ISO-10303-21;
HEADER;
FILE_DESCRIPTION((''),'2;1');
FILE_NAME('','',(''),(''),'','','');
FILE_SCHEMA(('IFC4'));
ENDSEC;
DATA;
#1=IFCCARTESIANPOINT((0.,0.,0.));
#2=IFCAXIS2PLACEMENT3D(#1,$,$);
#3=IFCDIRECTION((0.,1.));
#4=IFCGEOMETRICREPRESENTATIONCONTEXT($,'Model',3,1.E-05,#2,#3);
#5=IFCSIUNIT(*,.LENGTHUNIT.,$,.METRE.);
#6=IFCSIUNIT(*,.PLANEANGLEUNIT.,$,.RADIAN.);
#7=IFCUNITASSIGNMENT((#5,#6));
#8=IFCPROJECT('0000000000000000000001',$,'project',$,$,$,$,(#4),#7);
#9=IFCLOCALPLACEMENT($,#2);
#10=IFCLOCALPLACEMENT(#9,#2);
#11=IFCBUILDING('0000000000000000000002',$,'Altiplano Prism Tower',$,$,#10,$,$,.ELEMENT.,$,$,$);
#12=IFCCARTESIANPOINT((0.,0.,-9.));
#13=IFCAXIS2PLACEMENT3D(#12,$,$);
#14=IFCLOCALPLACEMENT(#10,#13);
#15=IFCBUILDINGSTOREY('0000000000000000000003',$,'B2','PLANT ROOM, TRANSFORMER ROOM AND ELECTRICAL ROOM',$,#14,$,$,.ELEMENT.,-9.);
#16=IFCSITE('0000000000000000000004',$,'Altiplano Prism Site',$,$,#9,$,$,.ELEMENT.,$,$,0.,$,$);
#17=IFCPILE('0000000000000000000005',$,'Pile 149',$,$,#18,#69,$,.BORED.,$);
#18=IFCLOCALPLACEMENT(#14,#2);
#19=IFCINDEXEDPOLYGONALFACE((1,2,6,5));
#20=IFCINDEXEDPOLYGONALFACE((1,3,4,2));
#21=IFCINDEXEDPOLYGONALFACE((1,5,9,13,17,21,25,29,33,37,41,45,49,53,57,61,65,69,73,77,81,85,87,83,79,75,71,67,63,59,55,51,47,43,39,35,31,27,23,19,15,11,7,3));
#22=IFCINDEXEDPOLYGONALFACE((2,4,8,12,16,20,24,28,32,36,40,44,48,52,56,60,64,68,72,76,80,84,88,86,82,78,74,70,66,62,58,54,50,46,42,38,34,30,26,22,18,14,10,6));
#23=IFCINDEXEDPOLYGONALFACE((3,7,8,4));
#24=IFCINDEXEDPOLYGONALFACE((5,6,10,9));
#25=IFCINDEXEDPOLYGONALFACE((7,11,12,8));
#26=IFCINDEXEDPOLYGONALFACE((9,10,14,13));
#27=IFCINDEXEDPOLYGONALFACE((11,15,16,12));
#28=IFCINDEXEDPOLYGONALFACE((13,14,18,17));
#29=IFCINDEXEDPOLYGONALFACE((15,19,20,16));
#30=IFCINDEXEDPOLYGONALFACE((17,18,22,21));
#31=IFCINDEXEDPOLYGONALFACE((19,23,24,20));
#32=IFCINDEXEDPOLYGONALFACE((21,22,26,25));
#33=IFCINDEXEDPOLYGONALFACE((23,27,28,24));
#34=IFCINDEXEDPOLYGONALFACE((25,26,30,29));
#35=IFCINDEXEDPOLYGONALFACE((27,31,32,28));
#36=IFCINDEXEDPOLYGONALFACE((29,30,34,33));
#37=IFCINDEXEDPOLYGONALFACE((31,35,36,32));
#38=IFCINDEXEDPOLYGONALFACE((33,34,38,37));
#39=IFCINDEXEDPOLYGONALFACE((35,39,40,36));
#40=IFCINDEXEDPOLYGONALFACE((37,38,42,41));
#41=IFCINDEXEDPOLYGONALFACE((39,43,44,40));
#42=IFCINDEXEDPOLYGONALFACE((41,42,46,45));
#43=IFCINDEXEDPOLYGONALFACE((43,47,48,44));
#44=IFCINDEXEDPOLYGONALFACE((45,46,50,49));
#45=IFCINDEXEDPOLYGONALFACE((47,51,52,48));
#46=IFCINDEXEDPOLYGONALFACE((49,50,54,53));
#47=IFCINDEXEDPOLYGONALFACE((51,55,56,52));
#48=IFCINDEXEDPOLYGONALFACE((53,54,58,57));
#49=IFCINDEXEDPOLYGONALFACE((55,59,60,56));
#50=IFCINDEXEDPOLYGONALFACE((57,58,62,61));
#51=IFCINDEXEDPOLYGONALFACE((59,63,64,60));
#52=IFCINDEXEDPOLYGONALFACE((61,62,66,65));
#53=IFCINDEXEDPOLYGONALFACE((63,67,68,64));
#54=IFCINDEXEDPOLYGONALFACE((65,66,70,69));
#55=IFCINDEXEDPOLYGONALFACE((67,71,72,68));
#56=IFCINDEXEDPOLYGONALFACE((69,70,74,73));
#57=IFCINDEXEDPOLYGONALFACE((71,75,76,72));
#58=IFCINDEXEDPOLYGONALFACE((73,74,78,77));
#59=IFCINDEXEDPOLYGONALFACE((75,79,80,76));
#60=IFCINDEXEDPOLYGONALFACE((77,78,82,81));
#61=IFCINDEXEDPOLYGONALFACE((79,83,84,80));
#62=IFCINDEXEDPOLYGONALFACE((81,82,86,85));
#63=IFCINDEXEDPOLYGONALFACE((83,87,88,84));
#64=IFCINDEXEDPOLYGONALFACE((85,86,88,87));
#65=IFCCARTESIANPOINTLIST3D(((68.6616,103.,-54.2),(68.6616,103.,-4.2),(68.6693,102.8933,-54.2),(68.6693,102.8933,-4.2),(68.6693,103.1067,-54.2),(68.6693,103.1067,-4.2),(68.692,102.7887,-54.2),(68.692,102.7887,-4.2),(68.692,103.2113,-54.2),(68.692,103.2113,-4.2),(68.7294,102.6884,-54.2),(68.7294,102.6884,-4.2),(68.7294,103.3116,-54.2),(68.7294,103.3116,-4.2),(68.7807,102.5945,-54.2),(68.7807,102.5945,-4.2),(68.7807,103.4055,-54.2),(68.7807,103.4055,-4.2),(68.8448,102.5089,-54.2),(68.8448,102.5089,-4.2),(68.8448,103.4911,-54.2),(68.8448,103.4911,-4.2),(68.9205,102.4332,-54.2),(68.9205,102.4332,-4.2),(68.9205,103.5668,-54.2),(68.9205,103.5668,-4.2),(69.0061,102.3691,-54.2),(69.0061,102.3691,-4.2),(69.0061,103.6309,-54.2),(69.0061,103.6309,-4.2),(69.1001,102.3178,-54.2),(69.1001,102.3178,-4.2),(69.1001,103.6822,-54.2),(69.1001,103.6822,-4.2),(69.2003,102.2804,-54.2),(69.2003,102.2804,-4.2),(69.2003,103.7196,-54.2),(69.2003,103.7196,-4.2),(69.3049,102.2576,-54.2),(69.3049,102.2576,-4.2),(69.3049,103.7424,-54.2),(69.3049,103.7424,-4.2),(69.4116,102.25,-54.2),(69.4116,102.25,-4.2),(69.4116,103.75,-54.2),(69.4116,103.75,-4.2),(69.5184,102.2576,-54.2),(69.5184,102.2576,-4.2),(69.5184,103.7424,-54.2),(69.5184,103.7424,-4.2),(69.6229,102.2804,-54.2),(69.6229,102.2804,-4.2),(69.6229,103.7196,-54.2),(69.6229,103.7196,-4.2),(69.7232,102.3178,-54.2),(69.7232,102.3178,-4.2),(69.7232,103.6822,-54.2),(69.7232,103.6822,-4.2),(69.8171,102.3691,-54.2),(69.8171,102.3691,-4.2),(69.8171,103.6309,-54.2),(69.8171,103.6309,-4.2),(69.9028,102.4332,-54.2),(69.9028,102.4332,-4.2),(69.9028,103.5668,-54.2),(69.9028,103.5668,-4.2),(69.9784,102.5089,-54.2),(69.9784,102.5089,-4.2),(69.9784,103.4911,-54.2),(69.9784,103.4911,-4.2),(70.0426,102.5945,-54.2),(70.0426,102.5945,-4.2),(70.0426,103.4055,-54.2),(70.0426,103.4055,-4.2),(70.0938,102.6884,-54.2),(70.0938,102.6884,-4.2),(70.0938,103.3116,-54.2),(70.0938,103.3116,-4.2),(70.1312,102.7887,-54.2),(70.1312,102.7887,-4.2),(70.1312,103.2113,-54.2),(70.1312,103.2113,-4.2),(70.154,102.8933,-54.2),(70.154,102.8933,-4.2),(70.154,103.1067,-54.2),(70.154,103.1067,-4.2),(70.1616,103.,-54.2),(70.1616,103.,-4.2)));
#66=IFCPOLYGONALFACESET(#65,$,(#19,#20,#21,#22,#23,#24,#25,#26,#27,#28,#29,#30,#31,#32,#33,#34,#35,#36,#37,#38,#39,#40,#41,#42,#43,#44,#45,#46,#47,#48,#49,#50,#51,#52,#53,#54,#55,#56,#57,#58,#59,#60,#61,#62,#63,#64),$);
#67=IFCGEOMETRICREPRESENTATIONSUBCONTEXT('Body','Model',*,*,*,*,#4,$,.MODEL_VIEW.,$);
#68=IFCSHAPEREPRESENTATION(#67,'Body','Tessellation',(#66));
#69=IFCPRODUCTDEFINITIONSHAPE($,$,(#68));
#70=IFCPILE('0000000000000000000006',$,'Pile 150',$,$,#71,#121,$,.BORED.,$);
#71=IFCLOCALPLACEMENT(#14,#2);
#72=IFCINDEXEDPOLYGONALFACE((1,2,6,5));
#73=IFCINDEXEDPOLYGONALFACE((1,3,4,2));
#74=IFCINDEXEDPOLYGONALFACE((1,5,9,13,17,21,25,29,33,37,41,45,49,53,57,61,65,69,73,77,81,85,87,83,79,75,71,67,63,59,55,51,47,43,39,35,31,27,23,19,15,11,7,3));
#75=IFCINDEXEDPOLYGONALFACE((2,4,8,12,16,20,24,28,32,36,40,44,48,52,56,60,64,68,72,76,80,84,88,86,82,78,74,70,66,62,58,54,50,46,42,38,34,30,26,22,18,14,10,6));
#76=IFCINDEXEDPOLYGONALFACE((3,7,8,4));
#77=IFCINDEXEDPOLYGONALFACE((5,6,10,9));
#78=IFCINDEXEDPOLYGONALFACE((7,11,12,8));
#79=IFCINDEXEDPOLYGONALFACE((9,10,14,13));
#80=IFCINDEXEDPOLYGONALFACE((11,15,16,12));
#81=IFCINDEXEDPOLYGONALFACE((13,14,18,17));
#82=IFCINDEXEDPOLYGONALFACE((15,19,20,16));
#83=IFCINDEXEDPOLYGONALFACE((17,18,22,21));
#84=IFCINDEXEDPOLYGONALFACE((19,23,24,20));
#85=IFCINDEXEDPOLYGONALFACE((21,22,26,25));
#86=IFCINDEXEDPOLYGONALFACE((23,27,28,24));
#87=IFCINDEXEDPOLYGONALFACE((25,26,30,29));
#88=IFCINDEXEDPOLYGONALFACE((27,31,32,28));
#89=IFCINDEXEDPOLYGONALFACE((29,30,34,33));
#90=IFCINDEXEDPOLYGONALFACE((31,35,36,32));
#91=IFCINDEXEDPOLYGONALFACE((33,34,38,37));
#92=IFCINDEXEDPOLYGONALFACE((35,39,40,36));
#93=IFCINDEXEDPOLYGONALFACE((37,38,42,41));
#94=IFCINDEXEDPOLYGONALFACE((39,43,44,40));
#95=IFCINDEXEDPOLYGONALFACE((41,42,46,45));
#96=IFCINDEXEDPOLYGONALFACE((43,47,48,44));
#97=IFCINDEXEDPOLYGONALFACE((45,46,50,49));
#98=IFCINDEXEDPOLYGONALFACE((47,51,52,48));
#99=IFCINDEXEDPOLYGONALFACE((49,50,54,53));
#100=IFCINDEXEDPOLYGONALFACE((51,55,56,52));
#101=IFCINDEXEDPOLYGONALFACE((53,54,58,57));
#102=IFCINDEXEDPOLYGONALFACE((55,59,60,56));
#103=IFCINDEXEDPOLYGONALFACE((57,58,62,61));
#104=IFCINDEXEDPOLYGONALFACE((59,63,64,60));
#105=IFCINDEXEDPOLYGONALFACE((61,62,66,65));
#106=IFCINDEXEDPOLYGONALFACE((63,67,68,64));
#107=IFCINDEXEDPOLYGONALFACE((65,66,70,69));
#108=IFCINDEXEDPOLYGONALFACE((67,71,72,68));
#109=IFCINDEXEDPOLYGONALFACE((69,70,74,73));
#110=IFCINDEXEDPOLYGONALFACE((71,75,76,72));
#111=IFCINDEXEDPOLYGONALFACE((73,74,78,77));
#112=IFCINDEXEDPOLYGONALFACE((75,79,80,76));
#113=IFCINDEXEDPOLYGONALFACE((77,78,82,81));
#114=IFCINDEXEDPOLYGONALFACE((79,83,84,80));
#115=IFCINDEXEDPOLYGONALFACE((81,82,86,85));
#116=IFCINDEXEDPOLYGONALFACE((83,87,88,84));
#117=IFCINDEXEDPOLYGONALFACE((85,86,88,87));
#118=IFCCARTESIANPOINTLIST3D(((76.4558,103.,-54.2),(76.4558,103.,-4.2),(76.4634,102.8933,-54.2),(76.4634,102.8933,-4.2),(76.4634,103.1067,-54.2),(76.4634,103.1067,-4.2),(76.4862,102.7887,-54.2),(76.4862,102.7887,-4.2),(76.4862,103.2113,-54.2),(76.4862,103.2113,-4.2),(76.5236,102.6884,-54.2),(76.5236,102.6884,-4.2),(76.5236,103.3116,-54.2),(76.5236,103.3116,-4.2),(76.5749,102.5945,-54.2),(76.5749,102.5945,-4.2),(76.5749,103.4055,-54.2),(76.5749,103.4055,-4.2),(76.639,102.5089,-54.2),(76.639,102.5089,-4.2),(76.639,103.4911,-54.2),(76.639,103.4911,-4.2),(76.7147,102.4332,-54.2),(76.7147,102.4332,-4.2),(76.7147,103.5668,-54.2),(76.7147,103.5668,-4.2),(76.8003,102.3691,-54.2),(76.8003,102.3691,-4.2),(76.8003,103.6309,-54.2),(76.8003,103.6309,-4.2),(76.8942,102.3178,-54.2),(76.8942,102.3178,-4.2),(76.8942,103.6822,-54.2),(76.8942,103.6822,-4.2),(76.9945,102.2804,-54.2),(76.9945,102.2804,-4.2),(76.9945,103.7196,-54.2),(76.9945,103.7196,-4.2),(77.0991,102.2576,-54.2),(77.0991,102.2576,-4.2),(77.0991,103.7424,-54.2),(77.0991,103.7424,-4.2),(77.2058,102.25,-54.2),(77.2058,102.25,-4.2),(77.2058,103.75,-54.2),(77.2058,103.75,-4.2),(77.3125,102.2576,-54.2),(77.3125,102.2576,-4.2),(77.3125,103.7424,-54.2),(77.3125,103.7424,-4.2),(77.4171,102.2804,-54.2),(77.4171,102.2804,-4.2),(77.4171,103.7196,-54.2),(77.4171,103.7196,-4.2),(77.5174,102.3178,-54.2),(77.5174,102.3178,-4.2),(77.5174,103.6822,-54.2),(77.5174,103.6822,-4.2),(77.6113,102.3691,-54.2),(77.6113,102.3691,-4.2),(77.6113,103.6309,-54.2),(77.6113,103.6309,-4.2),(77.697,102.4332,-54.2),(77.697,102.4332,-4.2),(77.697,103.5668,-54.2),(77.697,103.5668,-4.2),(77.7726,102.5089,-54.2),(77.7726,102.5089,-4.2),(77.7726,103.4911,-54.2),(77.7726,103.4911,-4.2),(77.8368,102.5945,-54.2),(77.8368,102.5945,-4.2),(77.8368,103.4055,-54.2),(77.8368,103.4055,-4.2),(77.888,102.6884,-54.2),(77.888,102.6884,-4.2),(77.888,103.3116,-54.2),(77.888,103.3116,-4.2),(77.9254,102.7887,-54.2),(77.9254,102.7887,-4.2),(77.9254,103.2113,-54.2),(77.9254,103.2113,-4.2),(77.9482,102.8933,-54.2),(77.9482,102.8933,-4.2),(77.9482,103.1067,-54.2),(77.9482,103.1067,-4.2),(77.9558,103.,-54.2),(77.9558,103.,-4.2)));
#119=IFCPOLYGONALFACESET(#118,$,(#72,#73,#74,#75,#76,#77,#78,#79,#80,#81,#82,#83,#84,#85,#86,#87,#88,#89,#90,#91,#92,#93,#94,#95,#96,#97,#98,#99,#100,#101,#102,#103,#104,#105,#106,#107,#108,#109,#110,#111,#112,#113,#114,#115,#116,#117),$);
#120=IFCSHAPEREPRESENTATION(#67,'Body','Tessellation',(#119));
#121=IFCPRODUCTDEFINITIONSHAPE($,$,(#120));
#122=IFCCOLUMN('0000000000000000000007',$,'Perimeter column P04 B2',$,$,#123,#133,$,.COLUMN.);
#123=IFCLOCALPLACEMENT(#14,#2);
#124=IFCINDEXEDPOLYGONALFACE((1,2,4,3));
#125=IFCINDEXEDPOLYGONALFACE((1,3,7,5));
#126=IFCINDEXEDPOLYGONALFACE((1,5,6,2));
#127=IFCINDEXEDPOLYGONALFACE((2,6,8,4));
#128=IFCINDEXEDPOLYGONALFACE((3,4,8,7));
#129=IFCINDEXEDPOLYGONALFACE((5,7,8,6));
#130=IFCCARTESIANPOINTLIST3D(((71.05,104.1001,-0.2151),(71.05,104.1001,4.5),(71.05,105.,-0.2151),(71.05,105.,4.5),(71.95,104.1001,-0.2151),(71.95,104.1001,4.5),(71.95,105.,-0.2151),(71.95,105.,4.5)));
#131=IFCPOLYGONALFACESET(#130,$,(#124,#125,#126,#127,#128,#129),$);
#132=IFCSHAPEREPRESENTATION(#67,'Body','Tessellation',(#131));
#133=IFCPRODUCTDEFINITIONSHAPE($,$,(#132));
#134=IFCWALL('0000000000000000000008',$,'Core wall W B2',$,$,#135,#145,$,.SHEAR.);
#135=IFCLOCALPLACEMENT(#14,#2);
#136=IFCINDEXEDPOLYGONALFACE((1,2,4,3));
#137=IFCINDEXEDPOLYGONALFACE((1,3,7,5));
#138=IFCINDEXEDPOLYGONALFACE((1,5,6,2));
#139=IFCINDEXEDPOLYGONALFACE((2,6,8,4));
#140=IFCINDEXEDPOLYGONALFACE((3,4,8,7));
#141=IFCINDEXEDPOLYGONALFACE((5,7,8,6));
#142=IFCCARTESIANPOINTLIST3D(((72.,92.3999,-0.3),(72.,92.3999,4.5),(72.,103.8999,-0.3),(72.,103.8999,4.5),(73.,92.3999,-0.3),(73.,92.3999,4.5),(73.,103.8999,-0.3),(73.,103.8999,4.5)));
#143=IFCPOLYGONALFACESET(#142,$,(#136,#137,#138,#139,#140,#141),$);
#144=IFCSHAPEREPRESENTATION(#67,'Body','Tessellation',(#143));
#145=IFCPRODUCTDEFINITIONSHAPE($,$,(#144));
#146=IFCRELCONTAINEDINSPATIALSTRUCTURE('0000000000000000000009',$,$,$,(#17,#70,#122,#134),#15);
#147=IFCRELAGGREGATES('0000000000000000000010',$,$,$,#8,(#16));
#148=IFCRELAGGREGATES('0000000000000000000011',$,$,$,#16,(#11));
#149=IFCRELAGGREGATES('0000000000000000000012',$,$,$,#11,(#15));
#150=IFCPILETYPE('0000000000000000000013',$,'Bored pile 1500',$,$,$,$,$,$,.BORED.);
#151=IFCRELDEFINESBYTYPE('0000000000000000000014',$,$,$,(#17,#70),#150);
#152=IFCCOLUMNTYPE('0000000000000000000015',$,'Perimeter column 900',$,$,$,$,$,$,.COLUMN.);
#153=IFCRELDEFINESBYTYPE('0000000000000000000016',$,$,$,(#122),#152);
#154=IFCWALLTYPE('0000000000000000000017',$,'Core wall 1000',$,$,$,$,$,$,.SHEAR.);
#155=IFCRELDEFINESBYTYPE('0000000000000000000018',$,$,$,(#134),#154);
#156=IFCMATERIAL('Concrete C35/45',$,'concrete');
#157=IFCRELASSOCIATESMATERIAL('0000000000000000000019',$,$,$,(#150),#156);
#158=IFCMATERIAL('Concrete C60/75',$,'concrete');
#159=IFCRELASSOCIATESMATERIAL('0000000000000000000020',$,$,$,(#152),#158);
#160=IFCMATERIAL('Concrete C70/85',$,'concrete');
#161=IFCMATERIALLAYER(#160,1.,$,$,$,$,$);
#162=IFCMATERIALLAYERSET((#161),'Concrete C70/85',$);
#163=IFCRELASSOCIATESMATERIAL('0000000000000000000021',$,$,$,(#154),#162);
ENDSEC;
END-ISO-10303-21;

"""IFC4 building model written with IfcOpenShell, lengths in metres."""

from ifc_helpers import new_model, si_unit, direction, frame, frame_2d, origin, origin_2d, place, context, subcontext, project, spatial, rectangle, circle, extrude, material, layer, layer_set, material_profile, profile_set, type_object, element, save


model = new_model("IFC4")

# Units and contexts
model_context = context("Model", 3, precision=1e-05, world=origin(), true_north=direction((0.0, 1.0)))
body_context = subcontext(model_context, "Body", "Model", "MODEL_VIEW")
ifc_project = project(units=[si_unit("LENGTHUNIT", "METRE"), si_unit("PLANEANGLEUNIT", "RADIAN")], contexts=[model_context])

# Site, building, storey
site_placement = place(None, origin())
site = spatial("IfcSite", under=ifc_project, at=site_placement, Name="Altiplano Prism Site", CompositionType="ELEMENT", RefElevation=0.0)
building_placement = place(site_placement, origin())
building = spatial("IfcBuilding", under=site, at=building_placement, Name="Altiplano Prism Tower", CompositionType="ELEMENT")
storey_placement = place(building_placement, frame((0.0, 0.0, -9.0)))
storey = spatial("IfcBuildingStorey", under=building, at=storey_placement, Name="B2", Description="PLANT ROOM, TRANSFORMER ROOM AND ELECTRICAL ROOM", CompositionType="ELEMENT", Elevation=-9.0)

# Piles
ifc_material_1 = material(Name="Concrete C35/45", Category="concrete")
ifc_material_profile_1 = material_profile(ifc_material_1, circle(Radius=0.75, at=origin_2d()), Name="Bored pile 1500")
ifc_profile_set_1 = profile_set([ifc_material_profile_1], Name="Concrete C35/45")
pile_type = type_object("IfcPileType", Name="Bored pile 1500", PredefinedType="BORED", material=ifc_profile_set_1)
for number, where, z_axis, x_axis, name in (
    (1, (69.4116, 103.0, -4.2), (0.0, 0.0, -1.0), (1.0, 0.0, 0.0), "Pile 149"),
    (2, (77.2058, 103.0, -4.2), (0.0, 0.0, -1.0), (1.0, 0.0, 0.0), "Pile 150"),
):
    element("IfcPile", number, at=place(storey_placement, frame(where, z_axis=z_axis, x_axis=x_axis)), inside=storey, type_object=pile_type, Name=name, PredefinedType="BORED", context=body_context, shape_type="SweptSolid", body=[
        extrude(circle(Radius=0.75, at=origin_2d()), origin(), (0.0, 0.0, 1.0), 50.0),
    ])

# Column
ifc_material_2 = material(Name="Concrete C60/75", Category="concrete")
ifc_material_profile_2 = material_profile(ifc_material_2, rectangle(XDim=0.8999, YDim=0.8999, at=origin_2d()), Name="Perimeter column 900")
ifc_profile_set_2 = profile_set([ifc_material_profile_2], Name="Concrete C60/75")
column_type = type_object("IfcColumnType", Name="Perimeter column 900", PredefinedType="COLUMN", material=ifc_profile_set_2)
column_placement = place(storey_placement, frame((71.5, 104.55, -0.2151), z_axis=(0.0, 0.0, 1.0), x_axis=(1.0, 0.0, 0.0)))
element("IfcColumn", 3, at=column_placement, inside=storey, type_object=column_type, Name="Perimeter column P04 B2", PredefinedType="COLUMN", context=body_context, shape_type="SweptSolid", body=[
    extrude(rectangle(XDim=0.8999, YDim=0.8999, at=origin_2d()), origin(), (0.0, 0.0, 1.0), 4.7151),
])

# Wall
ifc_material_3 = material(Name="Concrete C70/85", Category="concrete")
ifc_layer_1 = layer(ifc_material_3, 1.0)
ifc_layer_set_1 = layer_set([ifc_layer_1], Name="Concrete C70/85")
wall_type_1 = type_object("IfcWallType", Name="Core wall 1000", PredefinedType="SHEAR", material=ifc_layer_set_1)
wall_1_placement = place(storey_placement, frame((72.5, 103.8999, -0.3), z_axis=(0.0, 0.0, 1.0), x_axis=(0.0, -1.0, 0.0)))
element("IfcWall", 4, at=wall_1_placement, inside=storey, type_object=wall_type_1, Name="Core wall W B2", PredefinedType="SHEAR", context=body_context, shape_type="SweptSolid", body=[
    extrude(rectangle(XDim=11.5, YDim=1.0, at=frame_2d((5.75, 0.0))), origin(), (0.0, 0.0, 1.0), 4.8),
])

save(model, "model.ifc")
